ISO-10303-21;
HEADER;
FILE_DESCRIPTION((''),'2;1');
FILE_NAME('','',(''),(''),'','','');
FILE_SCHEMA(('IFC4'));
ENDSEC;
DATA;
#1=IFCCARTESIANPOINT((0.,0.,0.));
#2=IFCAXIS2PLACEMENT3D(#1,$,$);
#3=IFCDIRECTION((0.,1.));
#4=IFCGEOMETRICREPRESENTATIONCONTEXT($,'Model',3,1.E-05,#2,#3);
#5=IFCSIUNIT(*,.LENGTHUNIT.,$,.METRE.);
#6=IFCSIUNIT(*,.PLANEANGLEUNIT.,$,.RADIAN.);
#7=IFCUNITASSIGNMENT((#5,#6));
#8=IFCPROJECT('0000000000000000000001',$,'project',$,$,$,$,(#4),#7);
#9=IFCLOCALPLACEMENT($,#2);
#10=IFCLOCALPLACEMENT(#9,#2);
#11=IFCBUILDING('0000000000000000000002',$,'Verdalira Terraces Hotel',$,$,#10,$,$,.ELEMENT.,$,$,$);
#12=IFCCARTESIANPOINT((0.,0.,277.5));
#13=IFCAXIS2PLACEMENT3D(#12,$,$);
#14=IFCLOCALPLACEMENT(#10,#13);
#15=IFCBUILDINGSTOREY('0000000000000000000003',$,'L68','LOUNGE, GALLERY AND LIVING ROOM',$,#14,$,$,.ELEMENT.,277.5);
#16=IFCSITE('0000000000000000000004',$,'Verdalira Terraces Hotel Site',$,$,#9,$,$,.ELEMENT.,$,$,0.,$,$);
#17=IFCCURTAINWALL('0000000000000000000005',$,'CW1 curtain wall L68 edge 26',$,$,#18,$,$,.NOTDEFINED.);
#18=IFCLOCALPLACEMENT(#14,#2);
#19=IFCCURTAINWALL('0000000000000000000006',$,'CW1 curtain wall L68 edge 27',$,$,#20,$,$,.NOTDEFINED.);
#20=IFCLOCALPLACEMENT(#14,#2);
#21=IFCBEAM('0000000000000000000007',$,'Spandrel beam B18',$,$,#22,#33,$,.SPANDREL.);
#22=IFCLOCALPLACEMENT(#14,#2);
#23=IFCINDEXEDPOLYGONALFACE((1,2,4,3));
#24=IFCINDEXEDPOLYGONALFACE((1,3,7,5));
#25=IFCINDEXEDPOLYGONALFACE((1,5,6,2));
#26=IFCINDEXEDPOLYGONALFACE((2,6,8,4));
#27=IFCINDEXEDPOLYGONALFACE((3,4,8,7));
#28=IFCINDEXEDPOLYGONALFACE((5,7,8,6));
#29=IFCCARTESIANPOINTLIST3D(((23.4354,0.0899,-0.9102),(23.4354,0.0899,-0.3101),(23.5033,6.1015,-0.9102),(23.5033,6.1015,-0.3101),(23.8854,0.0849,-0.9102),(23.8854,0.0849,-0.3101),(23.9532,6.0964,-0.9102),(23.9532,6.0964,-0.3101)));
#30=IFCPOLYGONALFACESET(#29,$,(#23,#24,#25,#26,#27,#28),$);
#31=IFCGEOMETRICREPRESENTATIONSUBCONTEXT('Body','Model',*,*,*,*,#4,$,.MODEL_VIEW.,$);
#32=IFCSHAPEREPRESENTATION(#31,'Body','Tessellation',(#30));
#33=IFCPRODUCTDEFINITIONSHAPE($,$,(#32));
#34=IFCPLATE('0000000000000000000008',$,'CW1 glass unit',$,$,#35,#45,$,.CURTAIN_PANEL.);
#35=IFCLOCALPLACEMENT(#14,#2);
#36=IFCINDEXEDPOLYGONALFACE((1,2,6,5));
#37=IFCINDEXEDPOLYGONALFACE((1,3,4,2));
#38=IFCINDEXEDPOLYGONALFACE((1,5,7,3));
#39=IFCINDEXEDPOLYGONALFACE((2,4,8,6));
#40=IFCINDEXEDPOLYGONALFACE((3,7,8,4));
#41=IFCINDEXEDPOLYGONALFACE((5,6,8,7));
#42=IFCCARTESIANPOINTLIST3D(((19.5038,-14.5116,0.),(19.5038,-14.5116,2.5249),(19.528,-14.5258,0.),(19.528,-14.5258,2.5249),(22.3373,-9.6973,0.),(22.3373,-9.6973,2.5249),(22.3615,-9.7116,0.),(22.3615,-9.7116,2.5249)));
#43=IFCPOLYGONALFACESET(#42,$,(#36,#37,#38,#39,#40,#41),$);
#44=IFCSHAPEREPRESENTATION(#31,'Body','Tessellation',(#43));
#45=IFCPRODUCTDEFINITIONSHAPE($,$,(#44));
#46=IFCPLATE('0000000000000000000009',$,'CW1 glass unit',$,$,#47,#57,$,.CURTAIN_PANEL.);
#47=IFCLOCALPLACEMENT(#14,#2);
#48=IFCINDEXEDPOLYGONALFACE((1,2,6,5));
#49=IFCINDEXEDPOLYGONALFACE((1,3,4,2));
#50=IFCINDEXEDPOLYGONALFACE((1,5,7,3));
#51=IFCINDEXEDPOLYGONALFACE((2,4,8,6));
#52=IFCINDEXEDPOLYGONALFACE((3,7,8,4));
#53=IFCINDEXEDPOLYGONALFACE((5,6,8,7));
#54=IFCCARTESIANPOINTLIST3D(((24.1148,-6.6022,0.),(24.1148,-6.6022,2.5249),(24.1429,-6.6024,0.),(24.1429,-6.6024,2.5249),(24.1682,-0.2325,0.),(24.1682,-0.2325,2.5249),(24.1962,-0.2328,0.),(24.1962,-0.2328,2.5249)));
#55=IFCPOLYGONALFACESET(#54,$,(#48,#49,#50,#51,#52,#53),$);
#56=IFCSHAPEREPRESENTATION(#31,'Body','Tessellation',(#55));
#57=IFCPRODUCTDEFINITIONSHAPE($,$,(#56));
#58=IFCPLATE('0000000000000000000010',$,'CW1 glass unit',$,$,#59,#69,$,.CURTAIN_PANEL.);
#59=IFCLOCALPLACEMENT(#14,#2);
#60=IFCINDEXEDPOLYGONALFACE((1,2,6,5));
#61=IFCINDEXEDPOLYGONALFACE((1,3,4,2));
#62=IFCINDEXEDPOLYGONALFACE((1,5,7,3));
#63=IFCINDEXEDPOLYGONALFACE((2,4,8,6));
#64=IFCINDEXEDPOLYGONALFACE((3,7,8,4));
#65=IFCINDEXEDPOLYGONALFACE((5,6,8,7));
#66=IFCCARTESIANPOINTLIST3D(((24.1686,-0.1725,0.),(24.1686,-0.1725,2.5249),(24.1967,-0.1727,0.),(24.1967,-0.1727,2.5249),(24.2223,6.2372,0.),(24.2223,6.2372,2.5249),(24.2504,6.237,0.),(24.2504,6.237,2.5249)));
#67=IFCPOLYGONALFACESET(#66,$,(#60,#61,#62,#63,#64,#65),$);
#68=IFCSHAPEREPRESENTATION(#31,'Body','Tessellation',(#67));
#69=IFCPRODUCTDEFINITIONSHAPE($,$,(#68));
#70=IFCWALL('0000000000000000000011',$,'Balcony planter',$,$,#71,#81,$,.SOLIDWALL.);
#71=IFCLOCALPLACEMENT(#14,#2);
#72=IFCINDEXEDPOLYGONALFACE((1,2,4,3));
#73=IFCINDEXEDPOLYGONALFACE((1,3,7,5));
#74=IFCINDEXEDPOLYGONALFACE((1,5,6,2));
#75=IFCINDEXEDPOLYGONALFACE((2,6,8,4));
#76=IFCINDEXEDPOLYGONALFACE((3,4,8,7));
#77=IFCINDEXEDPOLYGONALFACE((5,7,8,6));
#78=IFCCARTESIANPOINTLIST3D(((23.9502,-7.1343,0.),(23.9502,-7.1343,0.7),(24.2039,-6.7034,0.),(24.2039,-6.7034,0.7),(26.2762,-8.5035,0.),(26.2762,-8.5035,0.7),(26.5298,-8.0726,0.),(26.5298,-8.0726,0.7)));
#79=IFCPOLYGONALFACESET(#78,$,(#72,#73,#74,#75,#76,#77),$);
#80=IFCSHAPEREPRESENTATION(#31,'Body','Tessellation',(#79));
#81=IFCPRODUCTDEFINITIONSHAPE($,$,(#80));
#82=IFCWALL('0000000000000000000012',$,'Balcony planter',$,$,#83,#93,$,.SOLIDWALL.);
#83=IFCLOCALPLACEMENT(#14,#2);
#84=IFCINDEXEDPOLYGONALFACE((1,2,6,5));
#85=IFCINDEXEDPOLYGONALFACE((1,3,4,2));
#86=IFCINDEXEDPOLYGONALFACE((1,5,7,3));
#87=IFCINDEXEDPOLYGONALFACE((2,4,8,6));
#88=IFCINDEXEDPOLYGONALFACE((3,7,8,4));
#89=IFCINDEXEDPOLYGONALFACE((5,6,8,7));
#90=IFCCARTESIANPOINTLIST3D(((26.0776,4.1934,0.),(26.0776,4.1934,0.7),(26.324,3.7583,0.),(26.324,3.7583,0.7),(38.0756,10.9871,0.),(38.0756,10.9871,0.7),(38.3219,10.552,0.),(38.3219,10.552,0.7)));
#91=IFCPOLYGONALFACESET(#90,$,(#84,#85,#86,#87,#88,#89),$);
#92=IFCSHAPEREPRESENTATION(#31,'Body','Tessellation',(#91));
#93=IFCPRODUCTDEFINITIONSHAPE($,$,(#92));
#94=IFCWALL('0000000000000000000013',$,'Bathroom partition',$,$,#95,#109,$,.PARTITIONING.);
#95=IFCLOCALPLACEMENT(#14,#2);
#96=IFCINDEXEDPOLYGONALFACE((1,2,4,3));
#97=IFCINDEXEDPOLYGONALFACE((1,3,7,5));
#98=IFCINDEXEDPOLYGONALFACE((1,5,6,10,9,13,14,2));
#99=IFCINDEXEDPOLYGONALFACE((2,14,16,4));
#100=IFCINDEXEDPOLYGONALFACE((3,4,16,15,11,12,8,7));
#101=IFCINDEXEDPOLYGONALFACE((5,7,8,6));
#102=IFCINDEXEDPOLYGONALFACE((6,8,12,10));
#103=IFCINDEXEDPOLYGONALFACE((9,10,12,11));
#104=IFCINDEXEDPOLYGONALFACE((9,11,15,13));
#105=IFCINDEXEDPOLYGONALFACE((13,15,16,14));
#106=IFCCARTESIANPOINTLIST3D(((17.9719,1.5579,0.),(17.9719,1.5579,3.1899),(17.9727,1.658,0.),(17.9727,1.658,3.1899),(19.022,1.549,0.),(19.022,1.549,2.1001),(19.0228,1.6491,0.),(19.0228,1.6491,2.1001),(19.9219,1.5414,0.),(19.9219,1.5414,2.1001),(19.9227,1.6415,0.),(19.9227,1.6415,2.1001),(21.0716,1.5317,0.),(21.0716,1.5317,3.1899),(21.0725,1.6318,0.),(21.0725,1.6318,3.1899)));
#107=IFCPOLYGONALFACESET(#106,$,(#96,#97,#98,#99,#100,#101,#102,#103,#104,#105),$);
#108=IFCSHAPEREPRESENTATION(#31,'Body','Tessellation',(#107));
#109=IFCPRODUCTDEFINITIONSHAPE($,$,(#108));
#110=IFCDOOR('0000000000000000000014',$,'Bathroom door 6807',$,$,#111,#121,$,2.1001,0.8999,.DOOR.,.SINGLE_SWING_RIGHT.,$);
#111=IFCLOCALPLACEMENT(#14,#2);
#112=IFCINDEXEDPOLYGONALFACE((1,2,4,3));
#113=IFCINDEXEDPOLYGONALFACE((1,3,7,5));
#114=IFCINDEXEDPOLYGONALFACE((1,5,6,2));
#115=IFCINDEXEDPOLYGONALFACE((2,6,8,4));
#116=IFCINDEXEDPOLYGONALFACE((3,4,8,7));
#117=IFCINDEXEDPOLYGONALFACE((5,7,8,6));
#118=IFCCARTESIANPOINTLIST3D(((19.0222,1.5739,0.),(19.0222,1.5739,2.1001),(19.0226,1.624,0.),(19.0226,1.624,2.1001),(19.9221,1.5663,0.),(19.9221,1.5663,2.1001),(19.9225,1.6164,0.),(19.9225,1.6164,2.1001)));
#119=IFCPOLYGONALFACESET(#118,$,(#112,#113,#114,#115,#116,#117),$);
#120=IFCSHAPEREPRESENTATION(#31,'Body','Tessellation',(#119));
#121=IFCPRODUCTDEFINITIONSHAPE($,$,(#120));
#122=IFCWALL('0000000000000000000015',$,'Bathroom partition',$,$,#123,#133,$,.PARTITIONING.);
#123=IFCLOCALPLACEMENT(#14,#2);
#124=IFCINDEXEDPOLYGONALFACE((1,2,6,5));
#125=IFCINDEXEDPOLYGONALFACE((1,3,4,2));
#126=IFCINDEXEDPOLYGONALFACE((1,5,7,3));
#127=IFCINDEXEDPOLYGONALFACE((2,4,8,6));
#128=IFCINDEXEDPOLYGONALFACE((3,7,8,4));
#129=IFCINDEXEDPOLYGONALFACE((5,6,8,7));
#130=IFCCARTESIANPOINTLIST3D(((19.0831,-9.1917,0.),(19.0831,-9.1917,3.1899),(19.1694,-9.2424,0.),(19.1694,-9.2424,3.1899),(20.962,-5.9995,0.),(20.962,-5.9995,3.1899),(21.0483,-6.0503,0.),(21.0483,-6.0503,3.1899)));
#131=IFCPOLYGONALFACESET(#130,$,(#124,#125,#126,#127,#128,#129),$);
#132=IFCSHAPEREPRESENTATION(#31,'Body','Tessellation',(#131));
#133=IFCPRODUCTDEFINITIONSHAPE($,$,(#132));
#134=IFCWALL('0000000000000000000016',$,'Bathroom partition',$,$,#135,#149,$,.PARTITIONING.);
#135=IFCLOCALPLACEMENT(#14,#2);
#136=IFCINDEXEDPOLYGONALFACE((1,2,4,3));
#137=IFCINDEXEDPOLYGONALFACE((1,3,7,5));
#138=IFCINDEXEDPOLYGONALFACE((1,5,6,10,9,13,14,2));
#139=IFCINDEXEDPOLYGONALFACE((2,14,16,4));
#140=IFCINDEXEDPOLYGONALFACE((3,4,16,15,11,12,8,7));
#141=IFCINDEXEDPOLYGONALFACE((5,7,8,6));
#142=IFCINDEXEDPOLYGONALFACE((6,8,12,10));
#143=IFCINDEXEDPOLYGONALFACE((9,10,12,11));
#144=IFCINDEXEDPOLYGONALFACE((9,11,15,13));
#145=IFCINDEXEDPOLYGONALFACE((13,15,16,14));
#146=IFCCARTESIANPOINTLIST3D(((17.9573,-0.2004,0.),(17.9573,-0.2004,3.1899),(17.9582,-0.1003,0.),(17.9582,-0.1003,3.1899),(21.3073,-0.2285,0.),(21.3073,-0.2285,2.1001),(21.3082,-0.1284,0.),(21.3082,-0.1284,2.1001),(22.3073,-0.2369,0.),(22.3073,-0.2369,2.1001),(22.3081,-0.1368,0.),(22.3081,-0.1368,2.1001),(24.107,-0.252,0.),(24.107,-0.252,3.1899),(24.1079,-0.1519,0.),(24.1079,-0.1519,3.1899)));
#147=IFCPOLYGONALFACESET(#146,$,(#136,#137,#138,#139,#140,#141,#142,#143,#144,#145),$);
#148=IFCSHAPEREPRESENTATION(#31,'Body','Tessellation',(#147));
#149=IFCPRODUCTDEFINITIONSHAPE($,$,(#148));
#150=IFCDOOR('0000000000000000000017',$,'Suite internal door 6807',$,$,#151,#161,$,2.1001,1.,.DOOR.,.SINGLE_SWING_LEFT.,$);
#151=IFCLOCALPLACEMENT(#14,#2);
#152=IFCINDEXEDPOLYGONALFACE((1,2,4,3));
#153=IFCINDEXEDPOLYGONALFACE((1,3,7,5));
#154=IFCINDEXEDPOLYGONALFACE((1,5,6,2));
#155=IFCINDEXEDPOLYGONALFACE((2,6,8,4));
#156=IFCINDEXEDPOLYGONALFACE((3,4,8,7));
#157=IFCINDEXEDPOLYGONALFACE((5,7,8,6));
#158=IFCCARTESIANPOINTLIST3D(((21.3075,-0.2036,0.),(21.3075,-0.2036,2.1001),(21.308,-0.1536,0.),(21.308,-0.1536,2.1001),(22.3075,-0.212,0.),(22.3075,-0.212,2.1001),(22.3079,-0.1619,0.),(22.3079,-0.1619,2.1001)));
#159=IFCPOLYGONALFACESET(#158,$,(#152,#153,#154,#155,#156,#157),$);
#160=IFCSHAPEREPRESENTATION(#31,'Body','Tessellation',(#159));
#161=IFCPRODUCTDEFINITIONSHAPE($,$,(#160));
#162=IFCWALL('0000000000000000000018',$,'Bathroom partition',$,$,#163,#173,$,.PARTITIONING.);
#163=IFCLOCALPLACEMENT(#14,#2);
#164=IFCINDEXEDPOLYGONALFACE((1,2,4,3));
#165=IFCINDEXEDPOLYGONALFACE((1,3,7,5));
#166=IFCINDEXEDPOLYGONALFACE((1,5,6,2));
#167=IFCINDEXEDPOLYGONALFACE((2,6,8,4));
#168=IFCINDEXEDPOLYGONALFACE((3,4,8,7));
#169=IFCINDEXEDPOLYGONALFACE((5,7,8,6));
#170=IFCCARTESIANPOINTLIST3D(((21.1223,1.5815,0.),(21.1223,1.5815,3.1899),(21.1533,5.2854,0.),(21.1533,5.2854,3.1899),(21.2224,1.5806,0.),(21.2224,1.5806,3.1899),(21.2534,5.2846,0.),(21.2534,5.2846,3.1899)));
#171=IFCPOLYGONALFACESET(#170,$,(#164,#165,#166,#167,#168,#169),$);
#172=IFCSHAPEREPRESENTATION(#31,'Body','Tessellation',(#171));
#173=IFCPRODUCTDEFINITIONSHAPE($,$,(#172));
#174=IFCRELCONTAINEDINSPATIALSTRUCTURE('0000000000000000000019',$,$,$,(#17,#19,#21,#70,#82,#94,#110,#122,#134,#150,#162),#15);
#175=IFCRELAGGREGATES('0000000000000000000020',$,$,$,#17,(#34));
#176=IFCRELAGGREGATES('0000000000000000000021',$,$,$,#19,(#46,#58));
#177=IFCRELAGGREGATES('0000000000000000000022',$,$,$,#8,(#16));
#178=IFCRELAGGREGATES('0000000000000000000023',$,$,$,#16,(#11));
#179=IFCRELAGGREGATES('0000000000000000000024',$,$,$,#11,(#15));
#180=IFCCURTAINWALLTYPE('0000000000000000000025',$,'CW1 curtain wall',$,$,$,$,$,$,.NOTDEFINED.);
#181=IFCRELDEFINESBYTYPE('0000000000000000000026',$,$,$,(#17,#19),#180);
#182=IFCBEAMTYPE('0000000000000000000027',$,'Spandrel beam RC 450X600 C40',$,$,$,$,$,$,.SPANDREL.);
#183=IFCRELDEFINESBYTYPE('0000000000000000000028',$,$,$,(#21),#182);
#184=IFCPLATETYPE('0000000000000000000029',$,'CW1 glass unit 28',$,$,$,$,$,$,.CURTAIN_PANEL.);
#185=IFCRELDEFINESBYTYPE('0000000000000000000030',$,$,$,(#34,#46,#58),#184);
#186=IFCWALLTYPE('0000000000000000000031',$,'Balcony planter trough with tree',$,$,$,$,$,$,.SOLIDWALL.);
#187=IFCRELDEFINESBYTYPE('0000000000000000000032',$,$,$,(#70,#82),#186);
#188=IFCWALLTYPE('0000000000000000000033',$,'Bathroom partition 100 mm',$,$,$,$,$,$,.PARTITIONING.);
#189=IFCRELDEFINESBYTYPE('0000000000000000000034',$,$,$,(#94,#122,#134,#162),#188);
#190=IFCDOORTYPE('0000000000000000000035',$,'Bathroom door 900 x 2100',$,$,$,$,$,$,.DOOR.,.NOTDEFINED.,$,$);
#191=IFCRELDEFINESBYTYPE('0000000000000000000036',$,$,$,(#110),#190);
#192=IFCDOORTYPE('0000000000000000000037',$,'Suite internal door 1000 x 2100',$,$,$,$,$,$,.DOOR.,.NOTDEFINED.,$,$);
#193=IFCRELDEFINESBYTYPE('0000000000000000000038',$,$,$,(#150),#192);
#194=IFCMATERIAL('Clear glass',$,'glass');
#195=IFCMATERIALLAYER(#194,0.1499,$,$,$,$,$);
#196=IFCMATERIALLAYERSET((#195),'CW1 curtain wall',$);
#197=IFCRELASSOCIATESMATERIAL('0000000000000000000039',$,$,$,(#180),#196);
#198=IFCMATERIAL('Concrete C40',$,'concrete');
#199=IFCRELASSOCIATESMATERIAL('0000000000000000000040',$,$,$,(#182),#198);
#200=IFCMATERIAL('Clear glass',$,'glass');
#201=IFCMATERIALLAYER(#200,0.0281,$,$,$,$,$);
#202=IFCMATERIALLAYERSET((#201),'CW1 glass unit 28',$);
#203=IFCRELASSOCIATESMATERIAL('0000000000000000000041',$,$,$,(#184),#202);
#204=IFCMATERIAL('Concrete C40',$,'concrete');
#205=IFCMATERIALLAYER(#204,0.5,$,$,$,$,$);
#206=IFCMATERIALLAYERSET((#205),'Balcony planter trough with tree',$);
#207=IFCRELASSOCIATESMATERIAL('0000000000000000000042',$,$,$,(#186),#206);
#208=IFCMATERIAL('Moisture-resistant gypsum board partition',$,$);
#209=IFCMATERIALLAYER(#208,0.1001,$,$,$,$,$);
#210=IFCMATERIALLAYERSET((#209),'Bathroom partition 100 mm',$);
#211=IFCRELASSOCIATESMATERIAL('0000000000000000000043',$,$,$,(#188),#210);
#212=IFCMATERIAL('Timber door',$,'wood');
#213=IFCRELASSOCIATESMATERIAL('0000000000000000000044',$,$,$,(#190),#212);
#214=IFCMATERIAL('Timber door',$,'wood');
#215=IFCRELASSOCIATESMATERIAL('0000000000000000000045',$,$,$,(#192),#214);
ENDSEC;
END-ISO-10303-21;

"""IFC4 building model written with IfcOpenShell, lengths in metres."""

from ifc_helpers import new_model, si_unit, direction, frame, frame_2d, origin, origin_2d, place, context, subcontext, project, spatial, rectangle, extrude, material, layer, layer_set, material_profile, profile_set, type_object, element, fill, aggregate, save


model = new_model("IFC4")

# Units and contexts
model_context = context("Model", 3, precision=1e-05, world=origin(), true_north=direction((0.0, 1.0)))
body_context = subcontext(model_context, "Body", "Model", "MODEL_VIEW")
ifc_project = project(units=[si_unit("LENGTHUNIT", "METRE"), si_unit("PLANEANGLEUNIT", "RADIAN")], contexts=[model_context])

# Site, building, storey
site_placement = place(None, origin())
site = spatial("IfcSite", under=ifc_project, at=site_placement, Name="Verdalira Terraces Hotel Site", CompositionType="ELEMENT", RefElevation=0.0)
building_placement = place(site_placement, origin())
building = spatial("IfcBuilding", under=site, at=building_placement, Name="Verdalira Terraces Hotel", CompositionType="ELEMENT")
storey_placement = place(building_placement, frame((0.0, 0.0, 277.5)))
storey = spatial("IfcBuildingStorey", under=building, at=storey_placement, Name="L68", Description="LOUNGE, GALLERY AND LIVING ROOM", CompositionType="ELEMENT", Elevation=277.5)

# Curtain wall
ifc_material_1 = material(Name="Clear glass", Category="glass")
ifc_layer_1 = layer(ifc_material_1, 0.1499)
ifc_layer_set_1 = layer_set([ifc_layer_1], Name="CW1 curtain wall")
curtain_wall_type = type_object("IfcCurtainWallType", Name="CW1 curtain wall", PredefinedType="NOTDEFINED", material=ifc_layer_set_1)
curtain_wall_1_placement = place(storey_placement, origin())
curtain_wall_1 = element("IfcCurtainWall", 1, at=curtain_wall_1_placement, inside=storey, type_object=curtain_wall_type, Name="CW1 curtain wall L68 edge 26", PredefinedType="NOTDEFINED")

# Curtain wall
curtain_wall_2_placement = place(storey_placement, origin())
curtain_wall_2 = element("IfcCurtainWall", 2, at=curtain_wall_2_placement, inside=storey, type_object=curtain_wall_type, Name="CW1 curtain wall L68 edge 27", PredefinedType="NOTDEFINED")

# Beam
ifc_material_2 = material(Name="Concrete C40", Category="concrete")
ifc_material_profile_1 = material_profile(ifc_material_2, rectangle(XDim=0.45, YDim=0.6001, at=origin_2d()), Name="RC 450X600")
ifc_profile_set_1 = profile_set([ifc_material_profile_1], Name="Concrete C40")
beam_type_1 = type_object("IfcBeamType", Name="Spandrel beam RC 450X600 C40", PredefinedType="SPANDREL", material=ifc_profile_set_1)
beam_1_placement = place(storey_placement, frame((23.6604, 0.0874, -0.6101), z_axis=(0.01129, 0.999936, 0.0), x_axis=(-0.999936, 0.01129, 0.0)))
element("IfcBeam", 3, at=beam_1_placement, inside=storey, type_object=beam_type_1, Name="Spandrel beam B18", PredefinedType="SPANDREL", context=body_context, shape_type="SweptSolid", body=[
    extrude(rectangle(XDim=0.45, YDim=0.6001, at=origin_2d()), origin(), (0.0, 0.0, 1.0), 6.012),
])

# Plates
ifc_material_3 = material(Name="Clear glass", Category="glass")
ifc_layer_2 = layer(ifc_material_3, 0.0281)
ifc_layer_set_2 = layer_set([ifc_layer_2], Name="CW1 glass unit 28")
plate_type = type_object("IfcPlateType", Name="CW1 glass unit 28", PredefinedType="CURTAIN_PANEL", material=ifc_layer_set_2)
plate_1_placement = place(storey_placement, frame((20.9326, -12.1116, 0.0), z_axis=(0.0, 0.0, 1.0), x_axis=(0.507238, 0.861806, 0.0)))
plate_1 = element("IfcPlate", 4, at=plate_1_placement, type_object=plate_type, Name="CW1 glass unit", PredefinedType="CURTAIN_PANEL", context=body_context, shape_type="SweptSolid", body=[
    extrude(rectangle(XDim=5.5862, YDim=0.0281, at=origin_2d()), origin(), (0.0, 0.0, 1.0), 2.5249),
])
aggregate(curtain_wall_1, [plate_1])
plate_2_placement = place(storey_placement, frame((24.1555, -3.4175, 0.0), z_axis=(0.0, 0.0, 1.0), x_axis=(0.008377, 0.999965, 0.0)))
plate_2 = element("IfcPlate", 5, at=plate_2_placement, type_object=plate_type, Name="CW1 glass unit", PredefinedType="CURTAIN_PANEL", context=body_context, shape_type="SweptSolid", body=[
    extrude(rectangle(XDim=6.3699, YDim=0.0281, at=origin_2d()), origin(), (0.0, 0.0, 1.0), 2.5249),
])
plate_3_placement = place(storey_placement, frame((24.2095, 3.0322, 0.0), z_axis=(0.0, 0.0, 1.0), x_axis=(0.008377, 0.999965, 0.0)))
plate_3 = element("IfcPlate", 6, at=plate_3_placement, type_object=plate_type, Name="CW1 glass unit", PredefinedType="CURTAIN_PANEL", context=body_context, shape_type="SweptSolid", body=[
    extrude(rectangle(XDim=6.4099, YDim=0.0281, at=origin_2d()), origin(), (0.0, 0.0, 1.0), 2.5249),
])
aggregate(curtain_wall_2, [plate_2, plate_3])

# Walls
ifc_material_4 = material(Name="Concrete C40", Category="concrete")
ifc_layer_3 = layer(ifc_material_4, 0.5)
ifc_layer_set_3 = layer_set([ifc_layer_3], Name="Balcony planter trough with tree")
wall_type_1 = type_object("IfcWallType", Name="Balcony planter trough with tree", PredefinedType="SOLIDWALL", material=ifc_layer_set_3)
wall_1_placement = place(storey_placement, frame((26.4031, -8.2881, 0.0), z_axis=(0.0, 0.0, 1.0), x_axis=(-0.861781, 0.507281, 0.0)))
element("IfcWall", 7, at=wall_1_placement, inside=storey, type_object=wall_type_1, Name="Balcony planter", PredefinedType="SOLIDWALL", context=body_context, shape_type="SweptSolid", body=[
    extrude(rectangle(XDim=2.699, YDim=0.5, at=frame_2d((1.3496, 0.0))), origin(), (0.0, 0.0, 1.0), 0.7),
])
wall_2_placement = place(storey_placement, frame((26.2007, 3.9758, 0.0), z_axis=(0.0, 0.0, 1.0), x_axis=(0.870184, 0.492728, 0.0)))
element("IfcWall", 8, at=wall_2_placement, inside=storey, type_object=wall_type_1, Name="Balcony planter", PredefinedType="SOLIDWALL", context=body_context, shape_type="SweptSolid", body=[
    extrude(rectangle(XDim=13.7878, YDim=0.5, at=frame_2d((6.894, 0.0))), origin(), (0.0, 0.0, 1.0), 0.7),
])

# Wall, opening, door
ifc_material_5 = material(Name="Moisture-resistant gypsum board partition")
ifc_layer_4 = layer(ifc_material_5, 0.1001)
ifc_layer_set_4 = layer_set([ifc_layer_4], Name="Bathroom partition 100 mm")
wall_type_2 = type_object("IfcWallType", Name="Bathroom partition 100 mm", PredefinedType="PARTITIONING", material=ifc_layer_set_4)
wall_3_placement = place(storey_placement, frame((17.9724, 1.6079, 0.0), z_axis=(0.0, 0.0, 1.0), x_axis=(0.999964, -0.008427, 0.0)))
wall_3 = element("IfcWall", 9, at=wall_3_placement, inside=storey, type_object=wall_type_2, Name="Bathroom partition", PredefinedType="PARTITIONING", context=body_context, shape_type="SweptSolid", body=[
    extrude(rectangle(XDim=3.0999, YDim=0.1001, at=frame_2d((1.5498, 0.0))), origin(), (0.0, 0.0, 1.0), 3.1899),
])
opening_1_placement = place(wall_3_placement, frame((1.05, 0.0, 0.0)))
opening_1 = element("IfcOpeningElement", 10, at=opening_1_placement, cuts=wall_3, PredefinedType="OPENING", context=body_context, shape_type="SweptSolid", body=[
    extrude(rectangle(XDim=0.8999, YDim=2.1001, at=frame_2d((0.45, 1.05))), frame((0.0, 0.0601, 0.0), z_axis=(0.0, -1.0, 0.0), x_axis=(1.0, 0.0, 0.0)), (0.0, 0.0, 1.0), 0.1201),
])
ifc_material_6 = material(Name="Timber door", Category="wood")
door_type_1 = type_object("IfcDoorType", Name="Bathroom door 900 x 2100", OperationType="NOTDEFINED", PredefinedType="DOOR", material=ifc_material_6)
door_1_placement = place(opening_1_placement, origin())
door_1 = element("IfcDoor", 11, at=door_1_placement, inside=storey, type_object=door_type_1, Name="Bathroom door 6807", OperationType="SINGLE_SWING_RIGHT", OverallHeight=2.1001, OverallWidth=0.8999, PredefinedType="DOOR", context=body_context, shape_type="SweptSolid", body=[
    extrude(rectangle(XDim=0.8999, YDim=2.1001, at=frame_2d((0.45, 1.05))), frame((0.0, 0.0249, 0.0), z_axis=(0.0, -1.0, 0.0), x_axis=(1.0, 0.0, 0.0)), (0.0, 0.0, 1.0), 0.05),
])
fill(opening_1, door_1)

# Wall
wall_4_placement = place(storey_placement, frame((19.1262, -9.217, 0.0), z_axis=(0.0, 0.0, 1.0), x_axis=(0.507256, 0.861795, 0.0)))
element("IfcWall", 12, at=wall_4_placement, inside=storey, type_object=wall_type_2, Name="Bathroom partition", PredefinedType="PARTITIONING", context=body_context, shape_type="SweptSolid", body=[
    extrude(rectangle(XDim=3.7041, YDim=0.1001, at=frame_2d((1.8521, 0.0))), origin(), (0.0, 0.0, 1.0), 3.1899),
])

# Wall, opening, door
wall_5_placement = place(storey_placement, frame((17.9578, -0.1504, 0.0), z_axis=(0.0, 0.0, 1.0), x_axis=(0.999965, -0.008376, 0.0)))
wall_5 = element("IfcWall", 13, at=wall_5_placement, inside=storey, type_object=wall_type_2, Name="Bathroom partition", PredefinedType="PARTITIONING", context=body_context, shape_type="SweptSolid", body=[
    extrude(rectangle(XDim=6.1499, YDim=0.1001, at=frame_2d((3.075, 0.0))), origin(), (0.0, 0.0, 1.0), 3.1899),
])
opening_2_placement = place(wall_5_placement, frame((3.3501, 0.0, 0.0)))
opening_2 = element("IfcOpeningElement", 14, at=opening_2_placement, cuts=wall_5, PredefinedType="OPENING", context=body_context, shape_type="SweptSolid", body=[
    extrude(rectangle(XDim=1.0, YDim=2.1001, at=frame_2d((0.5, 1.05))), frame((0.0, 0.0601, 0.0), z_axis=(0.0, -1.0, 0.0), x_axis=(1.0, 0.0, 0.0)), (0.0, 0.0, 1.0), 0.1201),
])
ifc_material_7 = material(Name="Timber door", Category="wood")
door_type_2 = type_object("IfcDoorType", Name="Suite internal door 1000 x 2100", OperationType="NOTDEFINED", PredefinedType="DOOR", material=ifc_material_7)
door_2_placement = place(opening_2_placement, origin())
door_2 = element("IfcDoor", 15, at=door_2_placement, inside=storey, type_object=door_type_2, Name="Suite internal door 6807", OperationType="SINGLE_SWING_LEFT", OverallHeight=2.1001, OverallWidth=1.0, PredefinedType="DOOR", context=body_context, shape_type="SweptSolid", body=[
    extrude(rectangle(XDim=1.0, YDim=2.1001, at=frame_2d((0.5, 1.05))), frame((0.0, 0.0249, 0.0), z_axis=(0.0, -1.0, 0.0), x_axis=(1.0, 0.0, 0.0)), (0.0, 0.0, 1.0), 0.05),
])
fill(opening_2, door_2)

# Wall
wall_6_placement = place(storey_placement, frame((21.1724, 1.5811, 0.0), z_axis=(0.0, 0.0, 1.0), x_axis=(0.008371, 0.999965, 0.0)))
element("IfcWall", 16, at=wall_6_placement, inside=storey, type_object=wall_type_2, Name="Bathroom partition", PredefinedType="PARTITIONING", context=body_context, shape_type="SweptSolid", body=[
    extrude(rectangle(XDim=3.7041, YDim=0.1001, at=frame_2d((1.8521, 0.0))), origin(), (0.0, 0.0, 1.0), 3.1899),
])

save(model, "model.ifc")
